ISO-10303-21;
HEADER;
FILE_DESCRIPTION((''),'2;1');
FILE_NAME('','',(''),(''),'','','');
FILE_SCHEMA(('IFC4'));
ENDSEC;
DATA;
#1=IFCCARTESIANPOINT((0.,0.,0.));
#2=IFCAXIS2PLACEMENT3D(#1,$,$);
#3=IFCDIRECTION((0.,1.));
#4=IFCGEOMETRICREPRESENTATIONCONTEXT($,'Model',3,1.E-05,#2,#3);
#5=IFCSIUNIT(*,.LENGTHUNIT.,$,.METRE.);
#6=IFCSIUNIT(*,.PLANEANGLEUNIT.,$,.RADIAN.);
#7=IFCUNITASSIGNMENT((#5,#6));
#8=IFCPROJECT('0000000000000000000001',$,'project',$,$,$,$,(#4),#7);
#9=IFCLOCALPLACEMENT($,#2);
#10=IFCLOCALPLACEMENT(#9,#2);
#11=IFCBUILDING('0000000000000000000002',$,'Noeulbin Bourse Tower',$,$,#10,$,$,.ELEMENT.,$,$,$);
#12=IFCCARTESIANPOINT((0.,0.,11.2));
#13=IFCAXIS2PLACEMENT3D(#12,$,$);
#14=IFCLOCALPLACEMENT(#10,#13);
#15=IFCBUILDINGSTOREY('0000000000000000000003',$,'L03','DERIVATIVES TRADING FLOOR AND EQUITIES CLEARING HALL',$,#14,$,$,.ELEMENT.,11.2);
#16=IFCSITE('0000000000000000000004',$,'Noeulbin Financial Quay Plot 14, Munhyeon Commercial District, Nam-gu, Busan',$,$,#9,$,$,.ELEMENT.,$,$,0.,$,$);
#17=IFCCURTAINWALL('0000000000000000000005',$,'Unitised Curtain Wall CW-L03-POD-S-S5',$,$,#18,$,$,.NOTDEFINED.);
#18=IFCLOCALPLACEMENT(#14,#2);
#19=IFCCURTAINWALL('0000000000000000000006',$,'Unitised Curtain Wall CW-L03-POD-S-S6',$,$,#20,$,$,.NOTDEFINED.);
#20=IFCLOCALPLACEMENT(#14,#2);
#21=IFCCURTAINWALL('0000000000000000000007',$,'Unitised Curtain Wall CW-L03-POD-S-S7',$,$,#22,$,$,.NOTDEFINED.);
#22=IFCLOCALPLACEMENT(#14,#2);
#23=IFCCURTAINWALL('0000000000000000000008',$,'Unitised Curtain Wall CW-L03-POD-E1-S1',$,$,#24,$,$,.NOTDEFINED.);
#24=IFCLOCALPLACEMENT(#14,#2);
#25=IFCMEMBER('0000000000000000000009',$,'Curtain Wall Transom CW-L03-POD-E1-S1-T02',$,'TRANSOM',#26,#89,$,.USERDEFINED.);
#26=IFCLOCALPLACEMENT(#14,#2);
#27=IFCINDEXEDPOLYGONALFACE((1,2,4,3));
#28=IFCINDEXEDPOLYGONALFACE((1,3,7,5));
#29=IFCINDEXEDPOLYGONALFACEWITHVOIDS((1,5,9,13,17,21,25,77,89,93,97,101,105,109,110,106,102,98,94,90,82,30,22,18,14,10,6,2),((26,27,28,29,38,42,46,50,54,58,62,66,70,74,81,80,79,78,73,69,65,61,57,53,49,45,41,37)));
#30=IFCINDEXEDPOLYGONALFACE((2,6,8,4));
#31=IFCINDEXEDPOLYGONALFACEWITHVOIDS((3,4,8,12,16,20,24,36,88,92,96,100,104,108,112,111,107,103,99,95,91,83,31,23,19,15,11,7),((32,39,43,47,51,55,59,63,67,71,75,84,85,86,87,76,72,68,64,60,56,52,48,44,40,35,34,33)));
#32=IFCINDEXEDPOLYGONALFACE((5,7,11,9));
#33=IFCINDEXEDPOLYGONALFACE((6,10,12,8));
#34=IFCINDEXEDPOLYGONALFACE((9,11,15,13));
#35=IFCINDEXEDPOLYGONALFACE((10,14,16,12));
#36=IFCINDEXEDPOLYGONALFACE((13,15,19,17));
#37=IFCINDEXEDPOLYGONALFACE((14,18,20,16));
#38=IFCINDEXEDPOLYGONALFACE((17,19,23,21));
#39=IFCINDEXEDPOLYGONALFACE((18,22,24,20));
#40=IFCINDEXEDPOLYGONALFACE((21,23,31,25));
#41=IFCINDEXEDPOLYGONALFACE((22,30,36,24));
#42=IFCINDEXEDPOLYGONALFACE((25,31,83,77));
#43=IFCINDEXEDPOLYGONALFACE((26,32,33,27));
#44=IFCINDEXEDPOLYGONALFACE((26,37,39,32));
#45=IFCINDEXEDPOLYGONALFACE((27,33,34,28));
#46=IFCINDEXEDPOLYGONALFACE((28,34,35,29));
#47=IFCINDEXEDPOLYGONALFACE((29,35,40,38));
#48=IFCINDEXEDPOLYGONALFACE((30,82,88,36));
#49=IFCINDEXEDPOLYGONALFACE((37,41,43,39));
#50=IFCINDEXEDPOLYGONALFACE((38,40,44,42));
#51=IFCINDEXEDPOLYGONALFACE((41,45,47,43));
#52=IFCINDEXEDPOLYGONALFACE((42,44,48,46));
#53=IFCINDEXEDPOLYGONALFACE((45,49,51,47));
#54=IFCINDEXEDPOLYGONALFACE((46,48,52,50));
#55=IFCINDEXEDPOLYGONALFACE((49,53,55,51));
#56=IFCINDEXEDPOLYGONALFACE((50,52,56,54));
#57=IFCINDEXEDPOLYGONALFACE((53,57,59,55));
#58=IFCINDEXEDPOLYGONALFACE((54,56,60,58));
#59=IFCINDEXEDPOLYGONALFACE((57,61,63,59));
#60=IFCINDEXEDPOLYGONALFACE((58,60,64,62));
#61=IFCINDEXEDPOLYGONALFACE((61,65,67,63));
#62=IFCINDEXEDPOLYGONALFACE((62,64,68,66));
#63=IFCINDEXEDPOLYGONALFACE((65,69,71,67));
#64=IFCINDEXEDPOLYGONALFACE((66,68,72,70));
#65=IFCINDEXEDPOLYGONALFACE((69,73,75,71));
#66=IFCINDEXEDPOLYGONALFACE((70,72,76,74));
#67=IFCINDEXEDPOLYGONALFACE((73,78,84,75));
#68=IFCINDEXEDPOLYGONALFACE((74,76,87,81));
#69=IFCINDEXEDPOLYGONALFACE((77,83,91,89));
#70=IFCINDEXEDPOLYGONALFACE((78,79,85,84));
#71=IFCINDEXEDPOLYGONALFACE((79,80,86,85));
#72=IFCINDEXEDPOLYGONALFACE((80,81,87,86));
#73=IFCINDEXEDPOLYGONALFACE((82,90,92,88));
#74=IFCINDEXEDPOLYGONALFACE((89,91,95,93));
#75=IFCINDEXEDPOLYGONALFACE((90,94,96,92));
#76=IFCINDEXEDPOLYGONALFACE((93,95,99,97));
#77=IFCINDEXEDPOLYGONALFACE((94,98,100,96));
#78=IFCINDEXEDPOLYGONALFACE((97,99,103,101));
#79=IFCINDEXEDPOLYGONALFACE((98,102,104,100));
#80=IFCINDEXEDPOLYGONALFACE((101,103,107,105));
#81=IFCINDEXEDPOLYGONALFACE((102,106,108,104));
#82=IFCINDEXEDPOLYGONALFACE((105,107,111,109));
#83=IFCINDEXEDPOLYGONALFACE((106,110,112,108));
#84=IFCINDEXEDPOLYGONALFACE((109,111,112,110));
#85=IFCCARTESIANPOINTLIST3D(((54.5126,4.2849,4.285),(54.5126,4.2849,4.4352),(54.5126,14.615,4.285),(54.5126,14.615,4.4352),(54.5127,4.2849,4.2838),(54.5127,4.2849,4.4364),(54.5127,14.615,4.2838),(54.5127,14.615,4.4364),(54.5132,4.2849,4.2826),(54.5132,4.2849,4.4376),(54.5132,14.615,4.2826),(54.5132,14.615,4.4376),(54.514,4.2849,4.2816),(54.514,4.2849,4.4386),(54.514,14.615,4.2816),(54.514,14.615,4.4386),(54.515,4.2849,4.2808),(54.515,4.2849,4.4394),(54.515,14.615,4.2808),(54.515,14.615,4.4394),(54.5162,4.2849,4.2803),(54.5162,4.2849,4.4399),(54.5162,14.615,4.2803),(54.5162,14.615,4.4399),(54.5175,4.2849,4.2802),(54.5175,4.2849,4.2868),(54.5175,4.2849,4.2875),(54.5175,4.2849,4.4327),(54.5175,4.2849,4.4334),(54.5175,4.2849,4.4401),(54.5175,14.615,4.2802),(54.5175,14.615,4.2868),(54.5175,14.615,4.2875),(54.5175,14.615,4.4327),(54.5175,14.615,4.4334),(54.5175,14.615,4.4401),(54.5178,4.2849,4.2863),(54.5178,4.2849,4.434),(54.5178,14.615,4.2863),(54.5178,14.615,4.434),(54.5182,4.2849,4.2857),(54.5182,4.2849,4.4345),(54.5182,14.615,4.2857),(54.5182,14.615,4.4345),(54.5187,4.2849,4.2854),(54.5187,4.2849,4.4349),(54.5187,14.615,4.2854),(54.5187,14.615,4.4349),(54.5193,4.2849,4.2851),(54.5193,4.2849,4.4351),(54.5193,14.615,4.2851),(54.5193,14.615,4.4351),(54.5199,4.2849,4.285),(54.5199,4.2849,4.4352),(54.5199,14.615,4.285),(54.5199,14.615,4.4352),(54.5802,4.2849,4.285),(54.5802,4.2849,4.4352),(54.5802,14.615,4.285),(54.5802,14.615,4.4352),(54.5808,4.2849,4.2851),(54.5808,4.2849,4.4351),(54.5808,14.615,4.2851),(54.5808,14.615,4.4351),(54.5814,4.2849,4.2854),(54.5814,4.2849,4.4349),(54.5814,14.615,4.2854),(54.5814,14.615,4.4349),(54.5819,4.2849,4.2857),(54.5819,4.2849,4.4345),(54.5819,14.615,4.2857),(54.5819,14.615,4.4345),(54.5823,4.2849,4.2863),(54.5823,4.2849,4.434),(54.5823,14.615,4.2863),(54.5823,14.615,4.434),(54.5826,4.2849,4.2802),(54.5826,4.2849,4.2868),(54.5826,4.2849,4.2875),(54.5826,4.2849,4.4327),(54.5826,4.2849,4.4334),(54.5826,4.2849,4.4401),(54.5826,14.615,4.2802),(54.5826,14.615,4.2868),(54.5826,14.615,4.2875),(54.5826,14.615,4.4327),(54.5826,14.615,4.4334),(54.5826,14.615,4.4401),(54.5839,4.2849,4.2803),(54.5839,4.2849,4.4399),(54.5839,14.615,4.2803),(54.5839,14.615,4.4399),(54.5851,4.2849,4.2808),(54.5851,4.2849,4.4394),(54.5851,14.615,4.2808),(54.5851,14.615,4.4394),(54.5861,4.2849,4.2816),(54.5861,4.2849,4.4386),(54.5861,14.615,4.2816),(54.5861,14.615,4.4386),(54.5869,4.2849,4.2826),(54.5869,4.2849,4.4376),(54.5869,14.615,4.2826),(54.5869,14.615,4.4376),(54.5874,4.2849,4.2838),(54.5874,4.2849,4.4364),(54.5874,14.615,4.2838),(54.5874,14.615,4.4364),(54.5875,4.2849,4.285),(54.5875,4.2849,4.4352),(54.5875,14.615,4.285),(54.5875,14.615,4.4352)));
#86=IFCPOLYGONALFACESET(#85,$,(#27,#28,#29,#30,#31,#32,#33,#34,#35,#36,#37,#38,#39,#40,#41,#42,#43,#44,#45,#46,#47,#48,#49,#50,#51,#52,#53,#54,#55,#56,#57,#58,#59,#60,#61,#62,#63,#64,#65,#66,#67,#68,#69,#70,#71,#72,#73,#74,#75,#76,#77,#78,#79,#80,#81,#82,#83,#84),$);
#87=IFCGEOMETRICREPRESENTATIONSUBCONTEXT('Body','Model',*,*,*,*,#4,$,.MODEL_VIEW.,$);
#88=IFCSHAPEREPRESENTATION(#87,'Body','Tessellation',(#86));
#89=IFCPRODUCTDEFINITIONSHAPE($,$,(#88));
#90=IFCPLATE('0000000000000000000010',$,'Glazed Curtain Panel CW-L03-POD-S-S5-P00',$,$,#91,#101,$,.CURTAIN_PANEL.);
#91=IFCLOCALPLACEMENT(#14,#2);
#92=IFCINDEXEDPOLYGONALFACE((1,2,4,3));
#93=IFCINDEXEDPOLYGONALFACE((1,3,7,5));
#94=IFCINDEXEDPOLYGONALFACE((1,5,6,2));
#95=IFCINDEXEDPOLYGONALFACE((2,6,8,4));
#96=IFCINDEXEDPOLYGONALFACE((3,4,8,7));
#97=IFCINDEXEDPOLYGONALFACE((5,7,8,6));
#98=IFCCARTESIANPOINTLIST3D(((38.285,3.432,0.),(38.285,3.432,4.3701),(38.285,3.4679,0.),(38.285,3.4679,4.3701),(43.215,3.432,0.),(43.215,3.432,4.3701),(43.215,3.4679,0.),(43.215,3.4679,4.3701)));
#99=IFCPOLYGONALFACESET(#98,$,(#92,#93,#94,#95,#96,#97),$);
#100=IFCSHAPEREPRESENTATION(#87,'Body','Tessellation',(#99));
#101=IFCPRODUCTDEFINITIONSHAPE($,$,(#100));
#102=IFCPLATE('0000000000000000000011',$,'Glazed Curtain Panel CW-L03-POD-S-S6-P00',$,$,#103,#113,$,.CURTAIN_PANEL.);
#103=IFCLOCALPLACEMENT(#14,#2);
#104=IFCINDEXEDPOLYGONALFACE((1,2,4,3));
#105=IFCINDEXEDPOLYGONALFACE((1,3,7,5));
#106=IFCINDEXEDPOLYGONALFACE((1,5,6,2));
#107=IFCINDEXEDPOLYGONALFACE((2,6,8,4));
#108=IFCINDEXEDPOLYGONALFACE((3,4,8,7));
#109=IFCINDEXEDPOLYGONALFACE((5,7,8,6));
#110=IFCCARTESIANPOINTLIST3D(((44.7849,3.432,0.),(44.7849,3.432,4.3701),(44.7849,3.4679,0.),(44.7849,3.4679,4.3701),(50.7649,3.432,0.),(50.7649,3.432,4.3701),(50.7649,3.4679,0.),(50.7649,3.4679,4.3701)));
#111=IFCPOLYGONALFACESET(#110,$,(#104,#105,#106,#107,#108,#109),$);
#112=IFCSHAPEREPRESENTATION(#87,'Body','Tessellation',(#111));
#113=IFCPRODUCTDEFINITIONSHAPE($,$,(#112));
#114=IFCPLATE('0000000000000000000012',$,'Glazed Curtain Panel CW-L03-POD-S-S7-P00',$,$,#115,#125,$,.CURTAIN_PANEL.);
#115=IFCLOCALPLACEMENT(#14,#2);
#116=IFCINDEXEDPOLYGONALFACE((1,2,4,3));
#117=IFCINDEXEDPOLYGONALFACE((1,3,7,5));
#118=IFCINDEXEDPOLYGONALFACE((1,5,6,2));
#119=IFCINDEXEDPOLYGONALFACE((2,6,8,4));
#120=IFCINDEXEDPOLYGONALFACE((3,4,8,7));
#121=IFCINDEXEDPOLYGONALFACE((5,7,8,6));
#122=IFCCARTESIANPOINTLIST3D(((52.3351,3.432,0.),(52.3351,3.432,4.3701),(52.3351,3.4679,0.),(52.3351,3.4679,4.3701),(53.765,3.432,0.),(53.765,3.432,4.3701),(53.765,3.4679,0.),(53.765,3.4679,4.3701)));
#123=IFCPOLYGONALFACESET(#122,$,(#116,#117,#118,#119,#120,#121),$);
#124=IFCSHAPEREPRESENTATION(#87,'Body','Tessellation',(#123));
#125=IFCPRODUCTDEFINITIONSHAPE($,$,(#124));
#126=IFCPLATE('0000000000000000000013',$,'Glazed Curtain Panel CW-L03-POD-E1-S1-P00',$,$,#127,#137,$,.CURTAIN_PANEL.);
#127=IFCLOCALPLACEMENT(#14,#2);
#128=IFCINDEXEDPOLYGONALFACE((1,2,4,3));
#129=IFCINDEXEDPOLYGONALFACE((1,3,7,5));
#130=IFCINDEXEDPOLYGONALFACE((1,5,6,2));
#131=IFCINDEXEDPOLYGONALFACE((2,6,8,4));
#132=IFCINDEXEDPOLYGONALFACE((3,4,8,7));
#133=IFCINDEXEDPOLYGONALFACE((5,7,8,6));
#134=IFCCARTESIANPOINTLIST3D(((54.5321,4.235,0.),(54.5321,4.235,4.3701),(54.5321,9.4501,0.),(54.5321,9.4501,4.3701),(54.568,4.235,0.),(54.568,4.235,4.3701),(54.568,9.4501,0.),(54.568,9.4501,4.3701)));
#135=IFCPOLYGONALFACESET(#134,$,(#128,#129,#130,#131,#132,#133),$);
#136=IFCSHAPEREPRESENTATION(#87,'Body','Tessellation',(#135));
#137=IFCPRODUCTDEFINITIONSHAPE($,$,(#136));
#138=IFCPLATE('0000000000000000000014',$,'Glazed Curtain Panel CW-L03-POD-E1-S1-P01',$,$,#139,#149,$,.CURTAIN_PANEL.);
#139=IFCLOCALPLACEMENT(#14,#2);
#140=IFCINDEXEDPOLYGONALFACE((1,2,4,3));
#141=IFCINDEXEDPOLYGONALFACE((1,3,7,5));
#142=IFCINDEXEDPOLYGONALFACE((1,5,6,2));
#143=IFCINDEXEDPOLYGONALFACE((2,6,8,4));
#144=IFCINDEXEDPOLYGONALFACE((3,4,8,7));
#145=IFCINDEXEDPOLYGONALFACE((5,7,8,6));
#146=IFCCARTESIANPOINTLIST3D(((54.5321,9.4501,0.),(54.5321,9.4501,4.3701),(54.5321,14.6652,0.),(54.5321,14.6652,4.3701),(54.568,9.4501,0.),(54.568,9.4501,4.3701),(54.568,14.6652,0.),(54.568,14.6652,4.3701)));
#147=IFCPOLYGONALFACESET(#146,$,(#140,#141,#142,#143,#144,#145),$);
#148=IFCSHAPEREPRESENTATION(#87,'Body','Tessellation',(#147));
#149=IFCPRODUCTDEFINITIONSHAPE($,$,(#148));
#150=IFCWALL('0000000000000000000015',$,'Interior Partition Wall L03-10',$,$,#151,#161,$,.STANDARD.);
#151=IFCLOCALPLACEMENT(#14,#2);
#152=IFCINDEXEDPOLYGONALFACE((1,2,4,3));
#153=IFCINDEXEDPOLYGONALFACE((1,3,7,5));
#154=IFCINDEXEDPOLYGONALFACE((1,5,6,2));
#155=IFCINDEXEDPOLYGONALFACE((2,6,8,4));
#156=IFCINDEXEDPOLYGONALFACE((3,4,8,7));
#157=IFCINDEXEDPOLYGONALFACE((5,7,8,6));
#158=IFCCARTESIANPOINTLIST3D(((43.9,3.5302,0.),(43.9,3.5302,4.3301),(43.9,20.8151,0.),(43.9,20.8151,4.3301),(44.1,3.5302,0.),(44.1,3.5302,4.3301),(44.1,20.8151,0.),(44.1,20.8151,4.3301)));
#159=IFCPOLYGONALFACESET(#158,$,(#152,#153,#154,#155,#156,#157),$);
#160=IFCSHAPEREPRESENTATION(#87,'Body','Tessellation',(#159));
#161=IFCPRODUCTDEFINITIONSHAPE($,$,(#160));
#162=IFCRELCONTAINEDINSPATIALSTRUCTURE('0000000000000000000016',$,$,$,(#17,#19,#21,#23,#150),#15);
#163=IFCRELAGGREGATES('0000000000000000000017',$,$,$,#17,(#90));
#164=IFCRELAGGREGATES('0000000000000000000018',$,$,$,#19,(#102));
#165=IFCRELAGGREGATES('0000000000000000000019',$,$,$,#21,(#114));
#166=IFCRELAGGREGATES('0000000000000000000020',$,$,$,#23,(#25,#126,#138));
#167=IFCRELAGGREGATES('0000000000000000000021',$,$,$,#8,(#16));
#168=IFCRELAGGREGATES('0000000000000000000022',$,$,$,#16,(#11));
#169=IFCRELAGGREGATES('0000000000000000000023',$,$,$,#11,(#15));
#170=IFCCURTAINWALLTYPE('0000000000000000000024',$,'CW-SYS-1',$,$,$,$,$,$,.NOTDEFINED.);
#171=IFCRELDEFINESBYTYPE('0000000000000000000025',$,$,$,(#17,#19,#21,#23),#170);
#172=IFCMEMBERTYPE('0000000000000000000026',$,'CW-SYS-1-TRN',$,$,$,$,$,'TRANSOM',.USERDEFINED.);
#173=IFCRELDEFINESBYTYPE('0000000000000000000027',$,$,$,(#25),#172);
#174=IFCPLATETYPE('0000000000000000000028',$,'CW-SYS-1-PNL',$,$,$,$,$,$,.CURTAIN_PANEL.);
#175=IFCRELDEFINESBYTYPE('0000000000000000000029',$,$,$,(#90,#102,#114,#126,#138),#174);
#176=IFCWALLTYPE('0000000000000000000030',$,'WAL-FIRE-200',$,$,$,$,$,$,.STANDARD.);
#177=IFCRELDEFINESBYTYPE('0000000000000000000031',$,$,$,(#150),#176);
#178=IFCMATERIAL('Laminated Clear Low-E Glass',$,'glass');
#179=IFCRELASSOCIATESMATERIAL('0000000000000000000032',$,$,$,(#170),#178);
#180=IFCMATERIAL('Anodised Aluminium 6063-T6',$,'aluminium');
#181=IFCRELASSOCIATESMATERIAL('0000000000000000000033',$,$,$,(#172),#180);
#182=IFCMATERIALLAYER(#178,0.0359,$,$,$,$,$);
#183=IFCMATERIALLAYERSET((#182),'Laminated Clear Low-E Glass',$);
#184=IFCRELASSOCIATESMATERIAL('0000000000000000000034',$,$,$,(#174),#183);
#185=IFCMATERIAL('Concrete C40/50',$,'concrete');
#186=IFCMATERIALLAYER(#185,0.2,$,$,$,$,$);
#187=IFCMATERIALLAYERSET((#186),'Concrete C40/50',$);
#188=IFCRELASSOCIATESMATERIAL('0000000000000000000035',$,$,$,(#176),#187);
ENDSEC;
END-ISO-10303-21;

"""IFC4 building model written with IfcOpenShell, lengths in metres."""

from ifc_helpers import new_model, si_unit, direction, frame, frame_2d, origin, origin_2d, place, context, subcontext, project, spatial, rectangle, hollow_rectangle, extrude, material, layer, layer_set, material_profile, profile_set, type_object, element, aggregate, save


model = new_model("IFC4")

# Units and contexts
model_context = context("Model", 3, precision=1e-05, world=origin(), true_north=direction((0.0, 1.0)))
body_context = subcontext(model_context, "Body", "Model", "MODEL_VIEW")
ifc_project = project(units=[si_unit("LENGTHUNIT", "METRE"), si_unit("PLANEANGLEUNIT", "RADIAN")], contexts=[model_context])

# Site, building, storey
site_placement = place(None, origin())
site = spatial("IfcSite", under=ifc_project, at=site_placement, Name="Noeulbin Financial Quay Plot 14, Munhyeon Commercial District, Nam-gu, Busan", CompositionType="ELEMENT", RefElevation=0.0)
building_placement = place(site_placement, origin())
building = spatial("IfcBuilding", under=site, at=building_placement, Name="Noeulbin Bourse Tower", CompositionType="ELEMENT")
storey_placement = place(building_placement, frame((0.0, 0.0, 11.2)))
storey = spatial("IfcBuildingStorey", under=building, at=storey_placement, Name="L03", Description="DERIVATIVES TRADING FLOOR AND EQUITIES CLEARING HALL", CompositionType="ELEMENT", Elevation=11.2)

# Curtain wall
ifc_material_1 = material(Name="Laminated Clear Low-E Glass", Category="glass")
curtain_wall_type = type_object("IfcCurtainWallType", Name="CW-SYS-1", PredefinedType="NOTDEFINED", material=ifc_material_1)
curtain_wall_1_placement = place(storey_placement, origin())
curtain_wall_1 = element("IfcCurtainWall", 1, at=curtain_wall_1_placement, inside=storey, type_object=curtain_wall_type, Name="Unitised Curtain Wall CW-L03-POD-S-S5", PredefinedType="NOTDEFINED")
ifc_material_2 = material(Name="Anodised Aluminium 6063-T6", Category="aluminium")

# Curtain walls
curtain_wall_2_placement = place(storey_placement, origin())
curtain_wall_2 = element("IfcCurtainWall", 2, at=curtain_wall_2_placement, inside=storey, type_object=curtain_wall_type, Name="Unitised Curtain Wall CW-L03-POD-S-S6", PredefinedType="NOTDEFINED")
curtain_wall_3_placement = place(storey_placement, origin())
curtain_wall_3 = element("IfcCurtainWall", 3, at=curtain_wall_3_placement, inside=storey, type_object=curtain_wall_type, Name="Unitised Curtain Wall CW-L03-POD-S-S7", PredefinedType="NOTDEFINED")
curtain_wall_4_placement = place(storey_placement, origin())
curtain_wall_4 = element("IfcCurtainWall", 4, at=curtain_wall_4_placement, inside=storey, type_object=curtain_wall_type, Name="Unitised Curtain Wall CW-L03-POD-E1-S1", PredefinedType="NOTDEFINED")

# Member
ifc_material_profile_1 = material_profile(ifc_material_2, hollow_rectangle(XDim=0.075, YDim=0.1599, WallThickness=0.0049, InnerFilletRadius=0.0024, OuterFilletRadius=0.0049, at=origin_2d()), Name="ALU-TRAN-75x160x5", Category="LoadBearing")
ifc_profile_set_1 = profile_set([ifc_material_profile_1], Name="Anodised Aluminium 6063-T6")
member_type_1 = type_object("IfcMemberType", Name="CW-SYS-1-TRN", ElementType="TRANSOM", PredefinedType="USERDEFINED", material=ifc_profile_set_1)
member_1_placement = place(storey_placement, frame((54.55, 4.2849, 4.3601), z_axis=(0.0, 1.0, 0.0), x_axis=(-1.0, 0.0, 0.0)))
member_1 = element("IfcMember", 5, at=member_1_placement, type_object=member_type_1, Name="Curtain Wall Transom CW-L03-POD-E1-S1-T02", ObjectType="TRANSOM", PredefinedType="USERDEFINED", context=body_context, shape_type="SweptSolid", body=[
    extrude(hollow_rectangle(XDim=0.075, YDim=0.1599, WallThickness=0.0049, InnerFilletRadius=0.0024, OuterFilletRadius=0.0049, at=origin_2d()), origin(), (0.0, 0.0, 1.0), 10.3301),
])

# Plates
ifc_layer_1 = layer(ifc_material_1, 0.0359)
ifc_layer_set_1 = layer_set([ifc_layer_1], Name="Laminated Clear Low-E Glass")
plate_type = type_object("IfcPlateType", Name="CW-SYS-1-PNL", PredefinedType="CURTAIN_PANEL", material=ifc_layer_set_1)
plate_1_placement = place(storey_placement, frame((40.75, 3.45, 0.0), z_axis=(0.0, 0.0, 1.0), x_axis=(1.0, 0.0, 0.0)))
plate_1 = element("IfcPlate", 6, at=plate_1_placement, type_object=plate_type, Name="Glazed Curtain Panel CW-L03-POD-S-S5-P00", PredefinedType="CURTAIN_PANEL", context=body_context, shape_type="SweptSolid", body=[
    extrude(rectangle(XDim=4.9299, YDim=0.0359, at=origin_2d()), origin(), (0.0, 0.0, 1.0), 4.3701),
])
aggregate(curtain_wall_1, [plate_1])
plate_2_placement = place(storey_placement, frame((47.7749, 3.45, 0.0), z_axis=(0.0, 0.0, 1.0), x_axis=(1.0, 0.0, 0.0)))
plate_2 = element("IfcPlate", 7, at=plate_2_placement, type_object=plate_type, Name="Glazed Curtain Panel CW-L03-POD-S-S6-P00", PredefinedType="CURTAIN_PANEL", context=body_context, shape_type="SweptSolid", body=[
    extrude(rectangle(XDim=5.98, YDim=0.0359, at=origin_2d()), origin(), (0.0, 0.0, 1.0), 4.3701),
])
aggregate(curtain_wall_2, [plate_2])
plate_3_placement = place(storey_placement, frame((53.05, 3.45, 0.0), z_axis=(0.0, 0.0, 1.0), x_axis=(1.0, 0.0, 0.0)))
plate_3 = element("IfcPlate", 8, at=plate_3_placement, type_object=plate_type, Name="Glazed Curtain Panel CW-L03-POD-S-S7-P00", PredefinedType="CURTAIN_PANEL", context=body_context, shape_type="SweptSolid", body=[
    extrude(rectangle(XDim=1.4299, YDim=0.0359, at=origin_2d()), origin(), (0.0, 0.0, 1.0), 4.3701),
])
aggregate(curtain_wall_3, [plate_3])
plate_4_placement = place(storey_placement, frame((54.55, 6.8425, 0.0), z_axis=(0.0, 0.0, 1.0), x_axis=(0.0, 1.0, 0.0)))
plate_4 = element("IfcPlate", 9, at=plate_4_placement, type_object=plate_type, Name="Glazed Curtain Panel CW-L03-POD-E1-S1-P00", PredefinedType="CURTAIN_PANEL", context=body_context, shape_type="SweptSolid", body=[
    extrude(rectangle(XDim=5.2151, YDim=0.0359, at=origin_2d()), origin(), (0.0, 0.0, 1.0), 4.3701),
])
plate_5_placement = place(storey_placement, frame((54.55, 12.0576, 0.0), z_axis=(0.0, 0.0, 1.0), x_axis=(0.0, 1.0, 0.0)))
plate_5 = element("IfcPlate", 10, at=plate_5_placement, type_object=plate_type, Name="Glazed Curtain Panel CW-L03-POD-E1-S1-P01", PredefinedType="CURTAIN_PANEL", context=body_context, shape_type="SweptSolid", body=[
    extrude(rectangle(XDim=5.2151, YDim=0.0359, at=origin_2d()), origin(), (0.0, 0.0, 1.0), 4.3701),
])
aggregate(curtain_wall_4, [member_1, plate_4, plate_5])

# Wall
ifc_material_3 = material(Name="Concrete C40/50", Category="concrete")
ifc_layer_2 = layer(ifc_material_3, 0.2)
ifc_layer_set_2 = layer_set([ifc_layer_2], Name="Concrete C40/50")
wall_type = type_object("IfcWallType", Name="WAL-FIRE-200", PredefinedType="STANDARD", material=ifc_layer_set_2)
wall_placement = place(storey_placement, frame((44.0, 3.53, 0.0), z_axis=(0.0, 0.0, 1.0), x_axis=(0.0, 1.0, 0.0)))
element("IfcWall", 11, at=wall_placement, inside=storey, type_object=wall_type, Name="Interior Partition Wall L03-10", PredefinedType="STANDARD", context=body_context, shape_type="SweptSolid", body=[
    extrude(rectangle(XDim=17.2849, YDim=0.2, at=frame_2d((8.6426, 0.0))), origin(), (0.0, 0.0, 1.0), 4.3301),
])

save(model, "model.ifc")
